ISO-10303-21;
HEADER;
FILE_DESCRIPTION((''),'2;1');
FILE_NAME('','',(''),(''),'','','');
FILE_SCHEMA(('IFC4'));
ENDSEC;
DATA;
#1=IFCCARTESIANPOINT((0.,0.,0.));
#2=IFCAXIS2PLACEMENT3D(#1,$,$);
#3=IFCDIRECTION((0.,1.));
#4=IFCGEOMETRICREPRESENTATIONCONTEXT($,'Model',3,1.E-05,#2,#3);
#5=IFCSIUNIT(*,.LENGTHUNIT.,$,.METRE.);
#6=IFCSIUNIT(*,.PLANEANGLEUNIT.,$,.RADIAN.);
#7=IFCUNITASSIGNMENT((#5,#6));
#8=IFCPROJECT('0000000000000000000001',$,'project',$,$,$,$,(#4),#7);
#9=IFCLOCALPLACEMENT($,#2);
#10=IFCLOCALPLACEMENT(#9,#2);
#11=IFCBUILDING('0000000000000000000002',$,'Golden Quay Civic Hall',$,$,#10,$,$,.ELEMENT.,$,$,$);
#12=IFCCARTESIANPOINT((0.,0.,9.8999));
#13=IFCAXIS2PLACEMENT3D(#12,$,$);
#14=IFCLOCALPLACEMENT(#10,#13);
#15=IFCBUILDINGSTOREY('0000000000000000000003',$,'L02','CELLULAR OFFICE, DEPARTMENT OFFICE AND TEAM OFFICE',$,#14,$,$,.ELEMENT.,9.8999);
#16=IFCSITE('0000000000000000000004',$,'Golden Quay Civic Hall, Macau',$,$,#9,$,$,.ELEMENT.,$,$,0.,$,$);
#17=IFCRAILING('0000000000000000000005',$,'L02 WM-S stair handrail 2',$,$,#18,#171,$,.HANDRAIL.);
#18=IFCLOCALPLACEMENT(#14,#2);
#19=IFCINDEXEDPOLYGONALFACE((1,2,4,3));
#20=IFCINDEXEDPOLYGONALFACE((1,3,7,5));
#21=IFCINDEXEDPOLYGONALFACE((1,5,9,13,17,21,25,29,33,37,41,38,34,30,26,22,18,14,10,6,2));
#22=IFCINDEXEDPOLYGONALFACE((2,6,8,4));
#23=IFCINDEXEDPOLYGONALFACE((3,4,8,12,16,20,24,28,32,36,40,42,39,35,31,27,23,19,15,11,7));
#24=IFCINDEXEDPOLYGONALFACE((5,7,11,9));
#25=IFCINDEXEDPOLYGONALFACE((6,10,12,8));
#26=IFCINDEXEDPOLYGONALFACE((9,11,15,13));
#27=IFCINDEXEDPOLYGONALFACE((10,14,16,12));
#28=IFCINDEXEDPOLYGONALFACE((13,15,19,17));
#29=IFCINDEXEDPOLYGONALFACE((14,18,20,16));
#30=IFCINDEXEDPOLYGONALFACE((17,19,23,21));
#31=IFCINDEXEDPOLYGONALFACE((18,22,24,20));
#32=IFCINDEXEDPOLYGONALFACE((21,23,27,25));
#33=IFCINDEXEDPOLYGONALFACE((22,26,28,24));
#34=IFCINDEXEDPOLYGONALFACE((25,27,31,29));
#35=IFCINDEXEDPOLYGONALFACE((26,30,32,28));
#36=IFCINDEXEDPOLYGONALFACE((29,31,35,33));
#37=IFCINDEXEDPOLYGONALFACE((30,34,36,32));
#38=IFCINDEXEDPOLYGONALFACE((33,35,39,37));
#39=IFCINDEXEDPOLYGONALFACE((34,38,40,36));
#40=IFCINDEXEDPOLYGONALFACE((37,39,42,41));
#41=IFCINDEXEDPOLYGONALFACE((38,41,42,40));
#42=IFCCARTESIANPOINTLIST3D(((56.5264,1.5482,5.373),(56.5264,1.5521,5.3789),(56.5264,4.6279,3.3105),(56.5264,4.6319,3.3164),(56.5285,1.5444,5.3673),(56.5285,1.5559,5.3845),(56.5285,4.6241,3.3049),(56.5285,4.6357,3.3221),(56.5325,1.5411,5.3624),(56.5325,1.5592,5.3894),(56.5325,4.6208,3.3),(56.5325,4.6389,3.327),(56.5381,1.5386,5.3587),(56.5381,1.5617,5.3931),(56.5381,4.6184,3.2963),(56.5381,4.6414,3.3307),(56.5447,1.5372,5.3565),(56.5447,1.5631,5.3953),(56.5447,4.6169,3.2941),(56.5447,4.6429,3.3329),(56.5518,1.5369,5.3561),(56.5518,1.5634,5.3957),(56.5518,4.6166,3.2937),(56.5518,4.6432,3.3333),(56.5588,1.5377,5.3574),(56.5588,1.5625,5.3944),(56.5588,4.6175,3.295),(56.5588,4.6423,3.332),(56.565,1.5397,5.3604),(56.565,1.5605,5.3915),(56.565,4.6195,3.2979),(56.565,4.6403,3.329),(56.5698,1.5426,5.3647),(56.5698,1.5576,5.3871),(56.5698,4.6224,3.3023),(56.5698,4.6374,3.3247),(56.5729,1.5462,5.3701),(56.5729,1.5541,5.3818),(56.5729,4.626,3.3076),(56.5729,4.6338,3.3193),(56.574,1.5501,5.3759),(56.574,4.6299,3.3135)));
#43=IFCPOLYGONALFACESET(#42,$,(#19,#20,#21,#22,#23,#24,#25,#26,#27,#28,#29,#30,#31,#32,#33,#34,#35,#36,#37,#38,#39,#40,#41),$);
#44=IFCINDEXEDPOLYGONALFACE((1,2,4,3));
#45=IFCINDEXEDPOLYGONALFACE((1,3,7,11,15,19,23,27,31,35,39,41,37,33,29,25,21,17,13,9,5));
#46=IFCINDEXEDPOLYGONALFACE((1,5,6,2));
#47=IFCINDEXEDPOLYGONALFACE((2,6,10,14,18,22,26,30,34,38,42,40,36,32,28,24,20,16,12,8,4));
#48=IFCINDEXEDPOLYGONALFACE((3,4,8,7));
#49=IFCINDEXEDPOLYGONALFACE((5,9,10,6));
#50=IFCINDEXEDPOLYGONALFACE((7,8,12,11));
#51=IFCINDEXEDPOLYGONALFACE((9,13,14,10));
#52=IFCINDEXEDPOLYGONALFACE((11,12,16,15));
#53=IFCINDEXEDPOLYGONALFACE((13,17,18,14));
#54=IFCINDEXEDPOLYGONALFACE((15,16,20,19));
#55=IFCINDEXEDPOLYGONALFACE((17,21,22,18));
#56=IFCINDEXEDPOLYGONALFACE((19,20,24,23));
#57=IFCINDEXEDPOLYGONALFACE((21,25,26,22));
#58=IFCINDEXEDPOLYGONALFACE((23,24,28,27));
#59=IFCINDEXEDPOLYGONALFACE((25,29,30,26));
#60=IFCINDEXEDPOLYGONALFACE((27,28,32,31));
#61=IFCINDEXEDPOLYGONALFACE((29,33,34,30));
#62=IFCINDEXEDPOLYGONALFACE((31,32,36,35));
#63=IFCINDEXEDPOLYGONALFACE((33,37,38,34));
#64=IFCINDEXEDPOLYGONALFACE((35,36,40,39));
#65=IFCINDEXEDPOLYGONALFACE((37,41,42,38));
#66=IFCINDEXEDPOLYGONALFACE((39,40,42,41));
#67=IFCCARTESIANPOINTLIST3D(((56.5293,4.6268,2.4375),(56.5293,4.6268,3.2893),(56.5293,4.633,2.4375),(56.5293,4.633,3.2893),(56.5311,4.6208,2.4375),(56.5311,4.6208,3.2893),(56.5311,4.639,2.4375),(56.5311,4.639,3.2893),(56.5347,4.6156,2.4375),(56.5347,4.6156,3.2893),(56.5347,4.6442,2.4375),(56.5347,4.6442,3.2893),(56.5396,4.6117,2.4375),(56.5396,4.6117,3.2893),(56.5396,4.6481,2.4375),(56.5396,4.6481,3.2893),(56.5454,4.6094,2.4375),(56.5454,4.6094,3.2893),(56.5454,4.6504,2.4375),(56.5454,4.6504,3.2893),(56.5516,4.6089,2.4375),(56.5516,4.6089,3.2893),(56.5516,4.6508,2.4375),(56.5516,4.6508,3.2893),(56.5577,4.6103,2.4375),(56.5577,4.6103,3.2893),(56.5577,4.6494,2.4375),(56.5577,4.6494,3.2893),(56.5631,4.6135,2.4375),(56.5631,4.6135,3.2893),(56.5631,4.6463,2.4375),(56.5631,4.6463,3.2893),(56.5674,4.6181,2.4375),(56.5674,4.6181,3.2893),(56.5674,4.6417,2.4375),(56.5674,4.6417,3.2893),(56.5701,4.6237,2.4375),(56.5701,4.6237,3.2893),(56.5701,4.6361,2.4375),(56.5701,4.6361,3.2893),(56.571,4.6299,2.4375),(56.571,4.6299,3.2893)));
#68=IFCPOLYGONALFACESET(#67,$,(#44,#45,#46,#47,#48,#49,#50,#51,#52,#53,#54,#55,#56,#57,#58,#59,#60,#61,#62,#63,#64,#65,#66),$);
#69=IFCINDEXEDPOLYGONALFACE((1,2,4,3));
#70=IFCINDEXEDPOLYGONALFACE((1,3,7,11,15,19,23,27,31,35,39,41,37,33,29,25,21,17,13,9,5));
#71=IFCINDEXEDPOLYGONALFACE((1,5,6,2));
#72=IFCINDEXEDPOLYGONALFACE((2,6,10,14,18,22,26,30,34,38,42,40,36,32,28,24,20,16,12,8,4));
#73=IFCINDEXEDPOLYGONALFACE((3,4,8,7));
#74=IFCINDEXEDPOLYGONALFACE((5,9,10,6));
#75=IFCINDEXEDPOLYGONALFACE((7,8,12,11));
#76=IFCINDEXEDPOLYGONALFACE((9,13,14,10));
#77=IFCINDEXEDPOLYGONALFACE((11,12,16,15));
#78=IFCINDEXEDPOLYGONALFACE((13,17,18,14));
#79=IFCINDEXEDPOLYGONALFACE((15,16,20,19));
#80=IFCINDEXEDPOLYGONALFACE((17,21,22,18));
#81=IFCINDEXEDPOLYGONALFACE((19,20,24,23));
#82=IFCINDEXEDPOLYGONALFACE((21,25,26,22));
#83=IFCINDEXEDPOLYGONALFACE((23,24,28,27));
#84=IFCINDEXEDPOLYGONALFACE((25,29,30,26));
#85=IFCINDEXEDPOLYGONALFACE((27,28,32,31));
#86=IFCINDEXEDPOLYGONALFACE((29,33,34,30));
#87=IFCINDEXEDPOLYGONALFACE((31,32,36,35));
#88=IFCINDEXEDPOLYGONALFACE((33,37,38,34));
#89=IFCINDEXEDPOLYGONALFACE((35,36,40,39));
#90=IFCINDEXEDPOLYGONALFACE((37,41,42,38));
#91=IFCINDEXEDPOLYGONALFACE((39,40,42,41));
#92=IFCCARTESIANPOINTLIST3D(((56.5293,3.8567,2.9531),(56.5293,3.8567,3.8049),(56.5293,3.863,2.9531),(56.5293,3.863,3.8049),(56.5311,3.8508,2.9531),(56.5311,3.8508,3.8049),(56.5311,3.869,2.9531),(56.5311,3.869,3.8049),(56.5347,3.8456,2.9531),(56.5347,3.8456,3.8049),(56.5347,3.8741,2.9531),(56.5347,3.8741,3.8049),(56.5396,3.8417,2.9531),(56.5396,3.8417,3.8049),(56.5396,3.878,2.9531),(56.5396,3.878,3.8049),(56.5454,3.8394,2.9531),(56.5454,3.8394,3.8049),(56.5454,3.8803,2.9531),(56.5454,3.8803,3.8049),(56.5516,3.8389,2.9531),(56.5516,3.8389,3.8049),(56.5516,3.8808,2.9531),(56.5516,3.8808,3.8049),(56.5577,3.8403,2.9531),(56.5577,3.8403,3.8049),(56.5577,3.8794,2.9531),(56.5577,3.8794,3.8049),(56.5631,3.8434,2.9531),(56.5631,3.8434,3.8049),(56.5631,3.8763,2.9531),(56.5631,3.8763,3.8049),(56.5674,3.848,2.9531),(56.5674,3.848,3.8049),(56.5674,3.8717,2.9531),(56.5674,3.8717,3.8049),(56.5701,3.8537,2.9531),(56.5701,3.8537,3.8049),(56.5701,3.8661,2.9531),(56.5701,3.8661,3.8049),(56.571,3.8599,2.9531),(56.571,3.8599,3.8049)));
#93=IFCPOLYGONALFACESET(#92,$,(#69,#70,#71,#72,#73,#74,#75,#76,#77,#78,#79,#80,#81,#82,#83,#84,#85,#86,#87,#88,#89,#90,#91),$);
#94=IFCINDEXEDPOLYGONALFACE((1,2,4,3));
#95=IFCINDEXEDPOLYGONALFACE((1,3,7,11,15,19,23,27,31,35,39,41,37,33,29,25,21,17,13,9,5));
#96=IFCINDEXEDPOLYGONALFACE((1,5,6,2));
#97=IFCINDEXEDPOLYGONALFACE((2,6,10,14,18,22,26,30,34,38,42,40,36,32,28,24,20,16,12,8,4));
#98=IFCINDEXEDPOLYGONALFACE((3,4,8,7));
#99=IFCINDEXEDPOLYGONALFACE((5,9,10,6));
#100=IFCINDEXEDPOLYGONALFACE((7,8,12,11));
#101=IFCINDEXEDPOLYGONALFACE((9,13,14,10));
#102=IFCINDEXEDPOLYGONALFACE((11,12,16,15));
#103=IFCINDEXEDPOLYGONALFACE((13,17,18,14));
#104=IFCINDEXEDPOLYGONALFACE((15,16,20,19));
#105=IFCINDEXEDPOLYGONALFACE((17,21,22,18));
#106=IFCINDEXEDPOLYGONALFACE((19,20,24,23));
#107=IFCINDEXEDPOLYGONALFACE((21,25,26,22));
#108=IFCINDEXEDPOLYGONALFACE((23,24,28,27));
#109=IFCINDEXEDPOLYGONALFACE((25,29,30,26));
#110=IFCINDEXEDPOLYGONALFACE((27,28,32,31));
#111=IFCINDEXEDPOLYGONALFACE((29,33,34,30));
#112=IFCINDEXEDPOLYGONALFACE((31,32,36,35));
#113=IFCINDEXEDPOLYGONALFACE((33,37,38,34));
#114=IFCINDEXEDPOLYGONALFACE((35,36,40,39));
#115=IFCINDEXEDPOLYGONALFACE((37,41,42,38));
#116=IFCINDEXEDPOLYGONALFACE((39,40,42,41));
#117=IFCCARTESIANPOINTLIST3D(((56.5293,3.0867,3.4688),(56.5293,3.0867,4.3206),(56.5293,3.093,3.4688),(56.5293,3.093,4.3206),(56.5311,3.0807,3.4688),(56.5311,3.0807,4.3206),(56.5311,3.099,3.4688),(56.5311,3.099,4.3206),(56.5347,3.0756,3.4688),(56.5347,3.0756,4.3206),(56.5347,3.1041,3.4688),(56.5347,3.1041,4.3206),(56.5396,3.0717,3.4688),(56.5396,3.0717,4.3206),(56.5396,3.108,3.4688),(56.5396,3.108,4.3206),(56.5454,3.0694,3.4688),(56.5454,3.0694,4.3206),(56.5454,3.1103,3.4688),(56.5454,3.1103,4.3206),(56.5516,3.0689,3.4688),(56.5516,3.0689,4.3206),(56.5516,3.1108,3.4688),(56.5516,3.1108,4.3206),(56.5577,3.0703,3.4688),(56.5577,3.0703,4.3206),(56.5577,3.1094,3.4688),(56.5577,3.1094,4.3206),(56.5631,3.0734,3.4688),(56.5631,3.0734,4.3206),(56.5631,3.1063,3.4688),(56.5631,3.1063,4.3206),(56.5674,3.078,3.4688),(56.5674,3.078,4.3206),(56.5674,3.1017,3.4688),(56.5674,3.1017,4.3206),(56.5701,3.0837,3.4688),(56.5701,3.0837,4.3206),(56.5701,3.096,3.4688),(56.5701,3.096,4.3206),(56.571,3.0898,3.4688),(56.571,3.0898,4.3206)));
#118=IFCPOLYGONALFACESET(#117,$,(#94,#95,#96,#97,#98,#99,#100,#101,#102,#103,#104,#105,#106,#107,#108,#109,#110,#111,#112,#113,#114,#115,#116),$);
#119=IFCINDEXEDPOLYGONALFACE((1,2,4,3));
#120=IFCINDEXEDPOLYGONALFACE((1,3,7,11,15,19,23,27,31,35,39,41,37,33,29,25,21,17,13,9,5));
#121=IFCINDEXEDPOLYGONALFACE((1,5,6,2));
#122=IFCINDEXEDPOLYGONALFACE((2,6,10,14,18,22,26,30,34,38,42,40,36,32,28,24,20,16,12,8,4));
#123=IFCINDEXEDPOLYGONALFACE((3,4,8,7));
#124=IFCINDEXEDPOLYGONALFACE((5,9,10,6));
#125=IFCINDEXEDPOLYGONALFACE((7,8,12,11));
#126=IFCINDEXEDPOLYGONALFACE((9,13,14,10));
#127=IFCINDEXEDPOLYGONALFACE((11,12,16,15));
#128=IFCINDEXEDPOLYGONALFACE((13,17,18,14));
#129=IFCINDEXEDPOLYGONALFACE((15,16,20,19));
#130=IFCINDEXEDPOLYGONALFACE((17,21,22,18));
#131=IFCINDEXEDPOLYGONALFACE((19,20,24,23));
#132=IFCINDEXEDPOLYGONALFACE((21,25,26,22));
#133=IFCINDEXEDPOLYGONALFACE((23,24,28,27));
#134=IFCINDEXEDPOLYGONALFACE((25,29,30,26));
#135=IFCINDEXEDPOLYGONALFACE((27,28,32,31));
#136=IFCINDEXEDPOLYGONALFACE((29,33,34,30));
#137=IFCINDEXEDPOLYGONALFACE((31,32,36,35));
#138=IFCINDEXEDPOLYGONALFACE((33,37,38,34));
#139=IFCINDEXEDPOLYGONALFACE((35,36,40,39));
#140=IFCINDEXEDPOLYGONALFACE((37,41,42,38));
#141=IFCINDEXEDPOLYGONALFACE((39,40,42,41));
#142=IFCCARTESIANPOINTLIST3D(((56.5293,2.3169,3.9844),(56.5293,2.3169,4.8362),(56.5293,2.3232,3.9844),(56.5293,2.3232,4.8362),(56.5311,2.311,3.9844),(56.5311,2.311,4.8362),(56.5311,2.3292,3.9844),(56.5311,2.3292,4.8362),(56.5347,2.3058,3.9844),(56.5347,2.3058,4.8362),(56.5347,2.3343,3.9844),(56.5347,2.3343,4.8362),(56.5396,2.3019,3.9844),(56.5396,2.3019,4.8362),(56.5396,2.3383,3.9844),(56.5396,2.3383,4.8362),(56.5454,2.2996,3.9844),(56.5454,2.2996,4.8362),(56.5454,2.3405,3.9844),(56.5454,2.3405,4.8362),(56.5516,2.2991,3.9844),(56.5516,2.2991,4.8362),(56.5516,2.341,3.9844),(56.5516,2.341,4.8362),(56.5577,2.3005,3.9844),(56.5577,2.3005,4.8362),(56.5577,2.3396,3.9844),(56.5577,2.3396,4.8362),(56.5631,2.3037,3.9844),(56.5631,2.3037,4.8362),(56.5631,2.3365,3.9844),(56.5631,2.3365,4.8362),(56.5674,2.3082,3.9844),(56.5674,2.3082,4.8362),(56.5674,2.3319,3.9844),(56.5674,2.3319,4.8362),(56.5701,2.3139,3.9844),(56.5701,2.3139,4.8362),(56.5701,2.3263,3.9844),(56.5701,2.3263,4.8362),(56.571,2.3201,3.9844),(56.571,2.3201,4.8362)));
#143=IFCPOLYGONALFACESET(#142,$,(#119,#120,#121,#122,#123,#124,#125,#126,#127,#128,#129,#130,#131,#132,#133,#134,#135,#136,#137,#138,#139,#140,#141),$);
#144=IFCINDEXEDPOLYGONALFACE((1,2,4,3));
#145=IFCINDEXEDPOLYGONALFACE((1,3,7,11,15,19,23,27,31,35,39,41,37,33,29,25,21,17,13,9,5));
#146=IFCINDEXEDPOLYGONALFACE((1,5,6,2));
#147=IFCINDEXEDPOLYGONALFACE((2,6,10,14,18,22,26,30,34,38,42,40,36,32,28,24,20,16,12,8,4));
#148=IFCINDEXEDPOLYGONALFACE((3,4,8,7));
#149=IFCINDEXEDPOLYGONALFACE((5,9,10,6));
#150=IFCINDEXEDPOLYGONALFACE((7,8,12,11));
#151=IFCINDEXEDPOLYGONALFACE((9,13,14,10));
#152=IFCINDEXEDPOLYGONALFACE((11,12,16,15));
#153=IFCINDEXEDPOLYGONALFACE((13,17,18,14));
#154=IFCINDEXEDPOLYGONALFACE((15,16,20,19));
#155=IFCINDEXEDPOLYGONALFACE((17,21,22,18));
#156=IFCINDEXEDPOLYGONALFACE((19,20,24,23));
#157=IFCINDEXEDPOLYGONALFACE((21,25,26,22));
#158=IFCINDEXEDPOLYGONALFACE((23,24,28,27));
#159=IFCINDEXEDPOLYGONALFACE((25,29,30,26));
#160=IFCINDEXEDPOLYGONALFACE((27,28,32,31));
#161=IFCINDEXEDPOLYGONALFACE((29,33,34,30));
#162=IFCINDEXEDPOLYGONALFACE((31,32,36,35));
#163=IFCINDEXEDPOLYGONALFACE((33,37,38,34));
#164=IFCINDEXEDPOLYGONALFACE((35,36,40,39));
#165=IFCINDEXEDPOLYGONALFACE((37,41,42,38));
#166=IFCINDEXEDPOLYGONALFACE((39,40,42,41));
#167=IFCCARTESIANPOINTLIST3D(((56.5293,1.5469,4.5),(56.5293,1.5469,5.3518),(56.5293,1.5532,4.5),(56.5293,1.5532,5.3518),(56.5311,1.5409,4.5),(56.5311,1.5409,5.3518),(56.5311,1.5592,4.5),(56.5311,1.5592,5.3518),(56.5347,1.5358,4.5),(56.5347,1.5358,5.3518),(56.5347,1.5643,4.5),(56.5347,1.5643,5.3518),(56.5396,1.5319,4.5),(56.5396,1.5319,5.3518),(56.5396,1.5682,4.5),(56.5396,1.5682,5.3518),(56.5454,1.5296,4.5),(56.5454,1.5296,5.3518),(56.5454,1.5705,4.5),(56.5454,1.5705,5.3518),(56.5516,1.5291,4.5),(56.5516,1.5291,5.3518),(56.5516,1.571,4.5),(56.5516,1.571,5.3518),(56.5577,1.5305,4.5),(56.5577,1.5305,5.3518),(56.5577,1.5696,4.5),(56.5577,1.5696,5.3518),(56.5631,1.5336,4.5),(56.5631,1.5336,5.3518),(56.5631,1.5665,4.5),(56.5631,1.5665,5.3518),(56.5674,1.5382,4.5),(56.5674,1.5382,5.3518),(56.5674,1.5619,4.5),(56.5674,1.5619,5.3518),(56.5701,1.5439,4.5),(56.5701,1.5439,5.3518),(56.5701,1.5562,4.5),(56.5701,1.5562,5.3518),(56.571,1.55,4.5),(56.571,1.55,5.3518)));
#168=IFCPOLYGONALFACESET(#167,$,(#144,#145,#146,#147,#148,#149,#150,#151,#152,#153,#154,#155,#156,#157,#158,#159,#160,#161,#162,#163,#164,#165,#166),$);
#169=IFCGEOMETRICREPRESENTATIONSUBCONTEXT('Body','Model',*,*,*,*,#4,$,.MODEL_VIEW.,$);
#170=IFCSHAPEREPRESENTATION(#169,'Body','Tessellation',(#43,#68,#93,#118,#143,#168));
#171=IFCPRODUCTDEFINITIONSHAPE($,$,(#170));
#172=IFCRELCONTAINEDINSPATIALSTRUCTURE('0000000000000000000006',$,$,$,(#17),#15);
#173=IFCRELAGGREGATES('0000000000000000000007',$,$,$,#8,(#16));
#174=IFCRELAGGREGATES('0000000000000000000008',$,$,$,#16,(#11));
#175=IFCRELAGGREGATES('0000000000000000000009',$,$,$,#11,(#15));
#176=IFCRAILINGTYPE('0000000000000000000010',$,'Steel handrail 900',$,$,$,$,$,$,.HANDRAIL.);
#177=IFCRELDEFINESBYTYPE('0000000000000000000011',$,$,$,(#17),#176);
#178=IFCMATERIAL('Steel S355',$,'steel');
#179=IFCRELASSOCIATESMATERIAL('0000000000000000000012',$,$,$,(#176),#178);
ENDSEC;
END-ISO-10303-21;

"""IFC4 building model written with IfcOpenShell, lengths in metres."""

from ifc_helpers import new_model, si_unit, direction, frame, origin, origin_2d, place, context, subcontext, project, spatial, circle, extrude, material, type_object, element, save


model = new_model("IFC4")

# Units and contexts
model_context = context("Model", 3, precision=1e-05, world=origin(), true_north=direction((0.0, 1.0)))
body_context = subcontext(model_context, "Body", "Model", "MODEL_VIEW")
ifc_project = project(units=[si_unit("LENGTHUNIT", "METRE"), si_unit("PLANEANGLEUNIT", "RADIAN")], contexts=[model_context])

# Site, building, storey
site_placement = place(None, origin())
site = spatial("IfcSite", under=ifc_project, at=site_placement, Name="Golden Quay Civic Hall, Macau", CompositionType="ELEMENT", RefElevation=0.0)
building_placement = place(site_placement, origin())
building = spatial("IfcBuilding", under=site, at=building_placement, Name="Golden Quay Civic Hall", CompositionType="ELEMENT")
storey_placement = place(building_placement, frame((0.0, 0.0, 9.8999)))
storey = spatial("IfcBuildingStorey", under=building, at=storey_placement, Name="L02", Description="CELLULAR OFFICE, DEPARTMENT OFFICE AND TEAM OFFICE", CompositionType="ELEMENT", Elevation=9.8999)

# Railing
ifc_material_1 = material(Name="Steel S355", Category="steel")
railing_type_1 = type_object("IfcRailingType", Name="Steel handrail 900", PredefinedType="HANDRAIL", material=ifc_material_1)
railing_1_placement = place(storey_placement, frame((56.55, 4.6299, 2.4375)))
element("IfcRailing", 1, at=railing_1_placement, inside=storey, type_object=railing_type_1, Name="L02 WM-S stair handrail 2", PredefinedType="HANDRAIL", context=body_context, shape_type="SweptSolid", body=[
    extrude(circle(Radius=0.0239, at=origin_2d()), frame((0.0, 0.0, 0.876), z_axis=(0.0, -0.830893, 0.556432), x_axis=(1.0, 0.0, 0.0)), (0.0, 0.0, 1.0), 3.7065),
    extrude(circle(Radius=0.021, at=origin_2d()), origin(), (0.0, 0.0, 1.0), 0.8518),
    extrude(circle(Radius=0.021, at=origin_2d()), frame((0.0, -0.77, 0.5156)), (0.0, 0.0, 1.0), 0.8518),
    extrude(circle(Radius=0.021, at=origin_2d()), frame((0.0, -1.54, 1.0312)), (0.0, 0.0, 1.0), 0.8518),
    extrude(circle(Radius=0.021, at=origin_2d()), frame((0.0, -2.3098, 1.5469)), (0.0, 0.0, 1.0), 0.8518),
    extrude(circle(Radius=0.021, at=origin_2d()), frame((0.0, -3.0798, 2.0625)), (0.0, 0.0, 1.0), 0.8518),
])

save(model, "model.ifc")
